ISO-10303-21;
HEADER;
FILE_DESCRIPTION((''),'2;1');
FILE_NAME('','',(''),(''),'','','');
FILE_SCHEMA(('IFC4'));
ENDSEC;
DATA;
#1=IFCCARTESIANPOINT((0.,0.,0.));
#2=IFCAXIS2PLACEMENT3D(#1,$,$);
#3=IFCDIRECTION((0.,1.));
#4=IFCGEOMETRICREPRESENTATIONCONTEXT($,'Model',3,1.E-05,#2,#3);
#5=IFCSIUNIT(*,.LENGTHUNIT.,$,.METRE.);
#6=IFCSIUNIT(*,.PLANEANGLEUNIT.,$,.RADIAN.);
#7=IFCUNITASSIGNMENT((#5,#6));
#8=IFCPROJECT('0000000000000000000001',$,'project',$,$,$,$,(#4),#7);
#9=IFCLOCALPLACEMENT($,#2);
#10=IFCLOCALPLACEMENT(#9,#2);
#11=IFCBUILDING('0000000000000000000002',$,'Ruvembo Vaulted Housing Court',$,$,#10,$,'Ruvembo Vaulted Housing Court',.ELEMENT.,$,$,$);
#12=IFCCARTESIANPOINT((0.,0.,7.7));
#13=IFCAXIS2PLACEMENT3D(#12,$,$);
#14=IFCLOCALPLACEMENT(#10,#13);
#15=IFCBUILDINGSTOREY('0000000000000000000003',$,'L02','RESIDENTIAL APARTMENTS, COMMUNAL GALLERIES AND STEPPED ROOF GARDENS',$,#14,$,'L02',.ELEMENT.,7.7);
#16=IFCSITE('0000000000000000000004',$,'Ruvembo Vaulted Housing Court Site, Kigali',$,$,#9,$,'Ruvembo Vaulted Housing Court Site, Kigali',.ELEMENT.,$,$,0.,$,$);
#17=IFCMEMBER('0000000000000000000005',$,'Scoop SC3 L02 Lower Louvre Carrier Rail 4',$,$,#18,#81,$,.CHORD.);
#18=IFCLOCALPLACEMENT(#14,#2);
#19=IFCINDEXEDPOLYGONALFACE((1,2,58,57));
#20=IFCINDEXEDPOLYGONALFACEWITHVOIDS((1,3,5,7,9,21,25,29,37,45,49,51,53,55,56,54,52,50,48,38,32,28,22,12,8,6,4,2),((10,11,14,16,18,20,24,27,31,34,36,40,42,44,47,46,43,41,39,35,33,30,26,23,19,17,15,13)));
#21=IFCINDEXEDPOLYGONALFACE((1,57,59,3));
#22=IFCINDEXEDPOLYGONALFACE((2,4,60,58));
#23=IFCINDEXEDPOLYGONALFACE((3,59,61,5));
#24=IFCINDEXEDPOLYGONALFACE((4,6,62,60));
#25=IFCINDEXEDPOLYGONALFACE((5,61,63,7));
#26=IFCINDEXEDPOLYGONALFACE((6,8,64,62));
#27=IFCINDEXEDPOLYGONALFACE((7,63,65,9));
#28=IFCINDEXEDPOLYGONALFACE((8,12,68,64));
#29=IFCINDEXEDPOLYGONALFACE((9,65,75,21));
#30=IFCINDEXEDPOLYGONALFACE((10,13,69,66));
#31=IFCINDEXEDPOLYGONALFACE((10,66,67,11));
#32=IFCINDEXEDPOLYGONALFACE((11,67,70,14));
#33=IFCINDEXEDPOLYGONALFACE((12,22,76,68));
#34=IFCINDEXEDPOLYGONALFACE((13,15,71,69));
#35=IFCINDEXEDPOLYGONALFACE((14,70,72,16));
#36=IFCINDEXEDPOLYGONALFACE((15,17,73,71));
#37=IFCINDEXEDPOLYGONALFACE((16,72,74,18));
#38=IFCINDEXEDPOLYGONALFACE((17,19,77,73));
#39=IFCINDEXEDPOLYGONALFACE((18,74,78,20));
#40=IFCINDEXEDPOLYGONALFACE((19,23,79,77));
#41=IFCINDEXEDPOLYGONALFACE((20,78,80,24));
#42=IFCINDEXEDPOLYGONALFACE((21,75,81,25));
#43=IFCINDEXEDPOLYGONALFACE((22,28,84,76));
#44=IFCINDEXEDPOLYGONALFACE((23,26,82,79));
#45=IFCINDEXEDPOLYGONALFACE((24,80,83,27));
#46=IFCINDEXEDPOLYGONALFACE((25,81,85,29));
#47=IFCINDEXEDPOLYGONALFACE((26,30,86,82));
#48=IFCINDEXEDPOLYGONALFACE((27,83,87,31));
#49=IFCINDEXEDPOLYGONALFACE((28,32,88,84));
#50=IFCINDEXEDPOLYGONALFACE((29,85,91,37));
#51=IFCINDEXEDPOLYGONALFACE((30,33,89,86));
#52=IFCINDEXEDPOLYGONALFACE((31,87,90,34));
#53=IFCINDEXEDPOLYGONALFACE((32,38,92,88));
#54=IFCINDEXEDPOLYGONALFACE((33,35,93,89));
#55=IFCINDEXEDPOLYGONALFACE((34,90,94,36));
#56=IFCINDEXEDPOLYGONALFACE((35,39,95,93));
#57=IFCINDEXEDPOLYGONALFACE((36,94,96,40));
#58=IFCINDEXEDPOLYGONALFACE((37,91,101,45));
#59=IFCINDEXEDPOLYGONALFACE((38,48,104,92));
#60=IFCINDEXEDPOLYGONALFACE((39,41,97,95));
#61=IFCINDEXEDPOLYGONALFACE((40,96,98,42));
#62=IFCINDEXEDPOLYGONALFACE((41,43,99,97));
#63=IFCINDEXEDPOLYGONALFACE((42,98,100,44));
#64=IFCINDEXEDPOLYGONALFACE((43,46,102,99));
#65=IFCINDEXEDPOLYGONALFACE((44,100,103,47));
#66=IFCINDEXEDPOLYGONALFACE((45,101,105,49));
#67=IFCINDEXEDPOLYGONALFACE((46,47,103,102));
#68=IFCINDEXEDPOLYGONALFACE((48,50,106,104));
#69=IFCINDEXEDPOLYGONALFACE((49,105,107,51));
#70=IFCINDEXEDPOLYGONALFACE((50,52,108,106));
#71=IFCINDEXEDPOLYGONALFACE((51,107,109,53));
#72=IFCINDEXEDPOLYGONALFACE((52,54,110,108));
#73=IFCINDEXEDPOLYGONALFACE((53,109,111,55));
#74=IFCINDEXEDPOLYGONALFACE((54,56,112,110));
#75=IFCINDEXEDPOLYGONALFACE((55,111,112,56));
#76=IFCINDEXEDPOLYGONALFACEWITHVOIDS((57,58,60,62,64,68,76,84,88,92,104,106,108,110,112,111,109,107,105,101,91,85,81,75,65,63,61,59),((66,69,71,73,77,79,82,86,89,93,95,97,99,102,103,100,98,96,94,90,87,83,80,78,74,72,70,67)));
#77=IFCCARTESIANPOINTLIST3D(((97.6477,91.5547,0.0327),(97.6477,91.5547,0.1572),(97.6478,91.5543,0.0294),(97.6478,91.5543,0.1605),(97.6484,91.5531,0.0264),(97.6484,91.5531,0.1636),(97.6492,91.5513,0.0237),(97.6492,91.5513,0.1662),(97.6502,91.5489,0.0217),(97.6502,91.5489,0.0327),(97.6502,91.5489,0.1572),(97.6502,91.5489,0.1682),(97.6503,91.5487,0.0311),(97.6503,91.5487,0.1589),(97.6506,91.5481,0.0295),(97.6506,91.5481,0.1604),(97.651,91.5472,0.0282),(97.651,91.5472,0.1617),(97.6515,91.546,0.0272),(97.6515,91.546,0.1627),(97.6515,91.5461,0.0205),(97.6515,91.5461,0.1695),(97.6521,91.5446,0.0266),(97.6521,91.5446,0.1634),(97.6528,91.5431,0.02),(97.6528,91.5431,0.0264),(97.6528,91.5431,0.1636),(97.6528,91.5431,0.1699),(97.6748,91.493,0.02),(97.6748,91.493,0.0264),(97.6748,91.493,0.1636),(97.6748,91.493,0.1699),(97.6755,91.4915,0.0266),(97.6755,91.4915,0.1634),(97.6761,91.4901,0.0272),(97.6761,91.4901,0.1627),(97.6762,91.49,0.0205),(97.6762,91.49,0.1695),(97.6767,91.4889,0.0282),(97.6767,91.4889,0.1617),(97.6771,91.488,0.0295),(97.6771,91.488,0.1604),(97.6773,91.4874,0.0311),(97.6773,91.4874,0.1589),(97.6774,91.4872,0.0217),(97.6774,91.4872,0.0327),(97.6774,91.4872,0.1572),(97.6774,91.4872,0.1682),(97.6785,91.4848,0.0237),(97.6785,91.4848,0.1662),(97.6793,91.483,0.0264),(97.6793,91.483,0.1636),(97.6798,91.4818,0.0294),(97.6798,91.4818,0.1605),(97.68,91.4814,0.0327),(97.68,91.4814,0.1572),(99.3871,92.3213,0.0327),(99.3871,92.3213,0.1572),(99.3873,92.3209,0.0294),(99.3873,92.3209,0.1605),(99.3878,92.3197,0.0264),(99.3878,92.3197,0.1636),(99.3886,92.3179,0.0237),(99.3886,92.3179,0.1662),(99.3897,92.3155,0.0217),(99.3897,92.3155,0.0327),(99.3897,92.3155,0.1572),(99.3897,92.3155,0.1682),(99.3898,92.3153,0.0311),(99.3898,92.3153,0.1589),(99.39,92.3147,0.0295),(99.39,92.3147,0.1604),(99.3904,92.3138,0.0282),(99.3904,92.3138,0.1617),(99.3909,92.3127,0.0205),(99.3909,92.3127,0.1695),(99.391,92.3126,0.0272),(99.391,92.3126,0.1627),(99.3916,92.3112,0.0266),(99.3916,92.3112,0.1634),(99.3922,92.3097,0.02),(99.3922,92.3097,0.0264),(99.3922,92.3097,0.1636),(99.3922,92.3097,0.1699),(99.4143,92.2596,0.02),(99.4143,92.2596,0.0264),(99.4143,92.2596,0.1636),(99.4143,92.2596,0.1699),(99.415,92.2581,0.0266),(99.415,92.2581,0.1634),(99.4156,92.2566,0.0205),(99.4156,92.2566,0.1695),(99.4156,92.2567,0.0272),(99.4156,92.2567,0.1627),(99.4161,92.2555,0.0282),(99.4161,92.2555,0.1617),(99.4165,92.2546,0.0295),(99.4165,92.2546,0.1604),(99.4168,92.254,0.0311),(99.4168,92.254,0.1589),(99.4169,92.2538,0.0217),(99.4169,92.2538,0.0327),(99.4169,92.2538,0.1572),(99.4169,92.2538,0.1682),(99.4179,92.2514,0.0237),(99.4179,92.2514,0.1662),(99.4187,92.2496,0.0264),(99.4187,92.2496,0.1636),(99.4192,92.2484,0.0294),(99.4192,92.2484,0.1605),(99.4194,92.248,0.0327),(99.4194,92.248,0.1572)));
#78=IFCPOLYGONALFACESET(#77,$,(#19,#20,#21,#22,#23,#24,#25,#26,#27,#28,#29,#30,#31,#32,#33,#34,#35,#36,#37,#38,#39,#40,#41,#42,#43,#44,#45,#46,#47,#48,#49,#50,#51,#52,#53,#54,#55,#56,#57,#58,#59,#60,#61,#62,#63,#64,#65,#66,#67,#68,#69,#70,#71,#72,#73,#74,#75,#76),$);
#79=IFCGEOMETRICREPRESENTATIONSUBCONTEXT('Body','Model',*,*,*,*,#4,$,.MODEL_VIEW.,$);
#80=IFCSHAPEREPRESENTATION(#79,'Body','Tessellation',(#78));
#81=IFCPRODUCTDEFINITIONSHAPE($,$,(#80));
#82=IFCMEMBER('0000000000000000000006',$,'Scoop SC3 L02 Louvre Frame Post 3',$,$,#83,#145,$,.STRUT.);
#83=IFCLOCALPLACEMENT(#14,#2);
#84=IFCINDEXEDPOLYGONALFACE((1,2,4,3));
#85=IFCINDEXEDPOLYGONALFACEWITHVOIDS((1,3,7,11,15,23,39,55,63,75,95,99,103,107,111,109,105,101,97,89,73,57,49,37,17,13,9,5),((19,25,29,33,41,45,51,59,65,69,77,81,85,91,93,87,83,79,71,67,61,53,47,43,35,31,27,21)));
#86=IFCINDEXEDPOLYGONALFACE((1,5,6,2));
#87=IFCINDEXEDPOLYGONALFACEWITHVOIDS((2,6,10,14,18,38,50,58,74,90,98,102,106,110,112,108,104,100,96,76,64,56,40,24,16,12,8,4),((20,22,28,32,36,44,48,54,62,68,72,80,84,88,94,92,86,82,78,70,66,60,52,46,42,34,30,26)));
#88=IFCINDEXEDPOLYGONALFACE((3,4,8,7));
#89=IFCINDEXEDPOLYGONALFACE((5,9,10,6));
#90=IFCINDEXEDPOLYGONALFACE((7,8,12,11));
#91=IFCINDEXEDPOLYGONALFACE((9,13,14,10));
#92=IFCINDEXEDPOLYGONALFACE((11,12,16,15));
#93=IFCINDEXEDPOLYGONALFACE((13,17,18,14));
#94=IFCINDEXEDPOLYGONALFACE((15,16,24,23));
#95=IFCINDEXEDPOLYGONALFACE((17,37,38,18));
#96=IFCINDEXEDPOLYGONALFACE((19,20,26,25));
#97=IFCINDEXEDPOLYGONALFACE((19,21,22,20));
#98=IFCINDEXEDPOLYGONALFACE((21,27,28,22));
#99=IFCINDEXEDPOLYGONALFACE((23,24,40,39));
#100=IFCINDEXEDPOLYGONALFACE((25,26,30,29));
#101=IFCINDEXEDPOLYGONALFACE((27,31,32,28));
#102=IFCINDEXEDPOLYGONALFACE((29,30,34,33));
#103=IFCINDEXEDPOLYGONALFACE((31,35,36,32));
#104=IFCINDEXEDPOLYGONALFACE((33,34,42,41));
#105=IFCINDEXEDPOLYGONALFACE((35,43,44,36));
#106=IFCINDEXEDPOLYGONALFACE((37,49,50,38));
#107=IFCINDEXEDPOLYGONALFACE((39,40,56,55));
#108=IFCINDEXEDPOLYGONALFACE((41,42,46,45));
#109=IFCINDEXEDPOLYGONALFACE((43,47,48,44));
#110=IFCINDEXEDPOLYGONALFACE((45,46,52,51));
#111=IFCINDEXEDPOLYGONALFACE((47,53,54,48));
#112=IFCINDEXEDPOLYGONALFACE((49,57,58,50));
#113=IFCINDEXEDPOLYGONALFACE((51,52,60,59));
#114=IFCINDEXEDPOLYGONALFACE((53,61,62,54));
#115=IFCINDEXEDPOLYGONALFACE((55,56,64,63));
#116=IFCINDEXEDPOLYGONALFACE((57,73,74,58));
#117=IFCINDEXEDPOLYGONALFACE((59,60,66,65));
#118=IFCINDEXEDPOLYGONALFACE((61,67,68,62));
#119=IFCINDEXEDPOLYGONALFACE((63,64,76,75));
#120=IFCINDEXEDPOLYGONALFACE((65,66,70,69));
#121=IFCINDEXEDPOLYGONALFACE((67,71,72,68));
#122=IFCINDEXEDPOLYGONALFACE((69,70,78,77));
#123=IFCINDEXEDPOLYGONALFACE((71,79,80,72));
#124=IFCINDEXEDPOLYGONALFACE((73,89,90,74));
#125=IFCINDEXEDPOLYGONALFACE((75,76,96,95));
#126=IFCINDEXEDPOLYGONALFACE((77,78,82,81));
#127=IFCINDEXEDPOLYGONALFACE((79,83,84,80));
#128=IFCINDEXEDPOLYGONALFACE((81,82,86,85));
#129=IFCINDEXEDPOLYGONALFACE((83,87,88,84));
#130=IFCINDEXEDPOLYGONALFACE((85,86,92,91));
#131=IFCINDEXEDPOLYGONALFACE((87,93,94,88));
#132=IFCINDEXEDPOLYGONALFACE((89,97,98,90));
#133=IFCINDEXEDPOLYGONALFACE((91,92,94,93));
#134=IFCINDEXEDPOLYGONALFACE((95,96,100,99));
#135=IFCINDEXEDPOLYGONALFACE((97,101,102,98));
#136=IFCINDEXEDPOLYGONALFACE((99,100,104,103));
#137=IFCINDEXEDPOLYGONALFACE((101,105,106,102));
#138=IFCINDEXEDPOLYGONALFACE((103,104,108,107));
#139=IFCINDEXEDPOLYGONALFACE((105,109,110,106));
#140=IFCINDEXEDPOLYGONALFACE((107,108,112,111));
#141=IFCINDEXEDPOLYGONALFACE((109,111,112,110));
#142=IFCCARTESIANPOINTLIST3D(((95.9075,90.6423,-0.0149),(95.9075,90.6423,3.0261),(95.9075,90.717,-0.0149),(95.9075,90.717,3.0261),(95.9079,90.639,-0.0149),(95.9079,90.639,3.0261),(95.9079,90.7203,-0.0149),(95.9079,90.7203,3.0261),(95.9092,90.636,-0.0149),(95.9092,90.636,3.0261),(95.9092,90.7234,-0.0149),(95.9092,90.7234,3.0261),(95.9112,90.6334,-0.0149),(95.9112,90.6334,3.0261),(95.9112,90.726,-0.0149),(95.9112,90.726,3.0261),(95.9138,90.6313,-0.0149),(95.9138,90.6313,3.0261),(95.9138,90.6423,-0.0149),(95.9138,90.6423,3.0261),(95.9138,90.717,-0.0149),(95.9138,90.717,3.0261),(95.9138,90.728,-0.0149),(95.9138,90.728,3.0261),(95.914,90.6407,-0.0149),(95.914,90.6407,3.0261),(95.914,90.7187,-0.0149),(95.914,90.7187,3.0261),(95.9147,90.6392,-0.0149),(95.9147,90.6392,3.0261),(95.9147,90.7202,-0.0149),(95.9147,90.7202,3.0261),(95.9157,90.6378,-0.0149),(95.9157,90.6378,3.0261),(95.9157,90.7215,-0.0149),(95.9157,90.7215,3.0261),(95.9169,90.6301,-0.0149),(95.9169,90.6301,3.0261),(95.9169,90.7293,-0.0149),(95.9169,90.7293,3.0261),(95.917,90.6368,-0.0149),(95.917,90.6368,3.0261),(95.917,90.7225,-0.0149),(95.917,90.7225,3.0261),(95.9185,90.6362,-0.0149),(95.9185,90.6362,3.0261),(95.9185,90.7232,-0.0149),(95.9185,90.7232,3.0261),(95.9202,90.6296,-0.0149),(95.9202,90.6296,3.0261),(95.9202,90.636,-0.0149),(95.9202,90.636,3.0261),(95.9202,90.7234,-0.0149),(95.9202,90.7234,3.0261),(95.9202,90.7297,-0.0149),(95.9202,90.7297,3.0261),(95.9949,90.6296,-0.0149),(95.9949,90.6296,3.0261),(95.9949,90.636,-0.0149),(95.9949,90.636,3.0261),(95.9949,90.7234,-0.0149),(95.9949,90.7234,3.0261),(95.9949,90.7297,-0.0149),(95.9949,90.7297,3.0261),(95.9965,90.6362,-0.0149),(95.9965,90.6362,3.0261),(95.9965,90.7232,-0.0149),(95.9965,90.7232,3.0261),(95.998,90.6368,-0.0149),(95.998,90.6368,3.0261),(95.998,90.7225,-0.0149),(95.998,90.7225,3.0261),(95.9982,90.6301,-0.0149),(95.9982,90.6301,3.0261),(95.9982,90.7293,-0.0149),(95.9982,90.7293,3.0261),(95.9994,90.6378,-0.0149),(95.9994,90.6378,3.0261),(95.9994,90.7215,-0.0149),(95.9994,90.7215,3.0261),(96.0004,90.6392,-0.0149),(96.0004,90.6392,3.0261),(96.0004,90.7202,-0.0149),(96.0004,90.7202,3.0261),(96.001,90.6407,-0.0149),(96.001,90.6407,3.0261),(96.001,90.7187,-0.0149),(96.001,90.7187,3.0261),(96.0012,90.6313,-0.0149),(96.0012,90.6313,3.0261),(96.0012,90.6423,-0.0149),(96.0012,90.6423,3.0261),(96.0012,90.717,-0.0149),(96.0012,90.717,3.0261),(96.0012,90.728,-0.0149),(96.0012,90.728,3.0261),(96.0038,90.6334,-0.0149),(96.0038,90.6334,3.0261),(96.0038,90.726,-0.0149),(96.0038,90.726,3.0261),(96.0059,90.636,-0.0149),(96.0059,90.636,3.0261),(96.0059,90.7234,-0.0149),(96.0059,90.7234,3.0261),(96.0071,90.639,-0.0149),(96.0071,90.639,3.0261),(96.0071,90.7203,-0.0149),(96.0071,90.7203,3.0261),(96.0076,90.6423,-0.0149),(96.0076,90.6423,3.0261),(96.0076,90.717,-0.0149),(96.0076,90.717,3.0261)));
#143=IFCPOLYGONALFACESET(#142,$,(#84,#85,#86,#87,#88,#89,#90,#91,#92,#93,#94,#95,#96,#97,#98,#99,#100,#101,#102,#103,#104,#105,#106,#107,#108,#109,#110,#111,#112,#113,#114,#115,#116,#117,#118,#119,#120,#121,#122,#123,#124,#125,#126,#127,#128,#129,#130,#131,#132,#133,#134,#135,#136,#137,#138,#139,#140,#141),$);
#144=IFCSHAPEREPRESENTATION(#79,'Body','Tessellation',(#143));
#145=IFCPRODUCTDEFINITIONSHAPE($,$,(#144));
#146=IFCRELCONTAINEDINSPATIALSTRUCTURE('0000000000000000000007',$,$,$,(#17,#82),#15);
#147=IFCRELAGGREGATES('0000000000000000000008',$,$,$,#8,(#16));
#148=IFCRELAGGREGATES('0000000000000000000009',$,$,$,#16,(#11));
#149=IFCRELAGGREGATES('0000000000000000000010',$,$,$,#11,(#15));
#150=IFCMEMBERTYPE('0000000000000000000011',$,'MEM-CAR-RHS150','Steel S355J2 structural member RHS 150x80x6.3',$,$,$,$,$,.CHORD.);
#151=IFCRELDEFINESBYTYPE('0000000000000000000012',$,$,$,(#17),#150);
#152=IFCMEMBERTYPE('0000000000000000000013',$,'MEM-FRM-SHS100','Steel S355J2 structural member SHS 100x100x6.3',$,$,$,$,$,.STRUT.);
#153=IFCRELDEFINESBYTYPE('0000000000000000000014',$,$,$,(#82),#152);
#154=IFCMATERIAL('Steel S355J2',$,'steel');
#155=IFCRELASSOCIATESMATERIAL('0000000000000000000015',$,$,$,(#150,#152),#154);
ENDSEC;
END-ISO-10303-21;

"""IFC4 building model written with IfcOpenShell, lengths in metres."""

from ifc_helpers import new_model, si_unit, direction, frame, origin, origin_2d, place, context, subcontext, project, spatial, hollow_rectangle, extrude, material, material_profile, profile_set, type_object, element, save


model = new_model("IFC4")

# Units and contexts
model_context = context("Model", 3, precision=1e-05, world=origin(), true_north=direction((0.0, 1.0)))
body_context = subcontext(model_context, "Body", "Model", "MODEL_VIEW")
ifc_project = project(units=[si_unit("LENGTHUNIT", "METRE"), si_unit("PLANEANGLEUNIT", "RADIAN")], contexts=[model_context])

# Site, building, storey
site_placement = place(None, origin())
site = spatial("IfcSite", under=ifc_project, at=site_placement, Name="Ruvembo Vaulted Housing Court Site, Kigali", LongName="Ruvembo Vaulted Housing Court Site, Kigali", CompositionType="ELEMENT", RefElevation=0.0)
building_placement = place(site_placement, origin())
building = spatial("IfcBuilding", under=site, at=building_placement, Name="Ruvembo Vaulted Housing Court", LongName="Ruvembo Vaulted Housing Court", CompositionType="ELEMENT")
storey_placement = place(building_placement, frame((0.0, 0.0, 7.7)))
storey = spatial("IfcBuildingStorey", under=building, at=storey_placement, Name="L02", Description="RESIDENTIAL APARTMENTS, COMMUNAL GALLERIES AND STEPPED ROOF GARDENS", LongName="L02", CompositionType="ELEMENT", Elevation=7.7)

# Shared definitions
ifc_material_1 = material(Name="Steel S355J2", Category="steel")

# Members
ifc_material_profile_1 = material_profile(ifc_material_1, hollow_rectangle(XDim=0.0801, YDim=0.1499, WallThickness=0.0063, InnerFilletRadius=0.0063, OuterFilletRadius=0.0127, at=origin_2d()), Name="RHS 150x80x6.3")
ifc_profile_set_1 = profile_set([ifc_material_profile_1], Name="Steel S355J2")
member_type_1 = type_object("IfcMemberType", Name="MEM-CAR-RHS150", Description="Steel S355J2 structural member RHS 150x80x6.3", PredefinedType="CHORD", material=ifc_profile_set_1)
member_1_placement = place(storey_placement, frame((97.6638, 91.5181, 0.095), z_axis=(0.915078, 0.403277, 0.0), x_axis=(-0.403277, 0.915078, 0.0)))
element("IfcMember", 1, at=member_1_placement, inside=storey, type_object=member_type_1, Name="Scoop SC3 L02 Lower Louvre Carrier Rail 4", PredefinedType="CHORD", context=body_context, shape_type="SweptSolid", body=[
    extrude(hollow_rectangle(XDim=0.0801, YDim=0.1499, WallThickness=0.0063, InnerFilletRadius=0.0063, OuterFilletRadius=0.0127, at=origin_2d()), origin(), (0.0, 0.0, 1.0), 1.9009),
])
ifc_material_profile_2 = material_profile(ifc_material_1, hollow_rectangle(XDim=0.1001, YDim=0.1001, WallThickness=0.0063, InnerFilletRadius=0.0063, OuterFilletRadius=0.0127, at=origin_2d()), Name="SHS 100x100x6.3")
ifc_profile_set_2 = profile_set([ifc_material_profile_2], Name="Steel S355J2")
member_type_2 = type_object("IfcMemberType", Name="MEM-FRM-SHS100", Description="Steel S355J2 structural member SHS 100x100x6.3", PredefinedType="STRUT", material=ifc_profile_set_2)
for number, where, z_axis, x_axis, name in (
    (2, (95.9575, 90.6797, -0.0149), (0.0, 0.0, 1.0), (1.0, 0.0, 0.0), "Scoop SC3 L02 Louvre Frame Post 3"),
):
    element("IfcMember", number, at=place(storey_placement, frame(where, z_axis=z_axis, x_axis=x_axis)), inside=storey, type_object=member_type_2, Name=name, PredefinedType="STRUT", context=body_context, shape_type="SweptSolid", body=[
        extrude(hollow_rectangle(XDim=0.1001, YDim=0.1001, WallThickness=0.0063, InnerFilletRadius=0.0063, OuterFilletRadius=0.0127, at=origin_2d()), origin(), (0.0, 0.0, 1.0), 3.041),
    ])

save(model, "model.ifc")
